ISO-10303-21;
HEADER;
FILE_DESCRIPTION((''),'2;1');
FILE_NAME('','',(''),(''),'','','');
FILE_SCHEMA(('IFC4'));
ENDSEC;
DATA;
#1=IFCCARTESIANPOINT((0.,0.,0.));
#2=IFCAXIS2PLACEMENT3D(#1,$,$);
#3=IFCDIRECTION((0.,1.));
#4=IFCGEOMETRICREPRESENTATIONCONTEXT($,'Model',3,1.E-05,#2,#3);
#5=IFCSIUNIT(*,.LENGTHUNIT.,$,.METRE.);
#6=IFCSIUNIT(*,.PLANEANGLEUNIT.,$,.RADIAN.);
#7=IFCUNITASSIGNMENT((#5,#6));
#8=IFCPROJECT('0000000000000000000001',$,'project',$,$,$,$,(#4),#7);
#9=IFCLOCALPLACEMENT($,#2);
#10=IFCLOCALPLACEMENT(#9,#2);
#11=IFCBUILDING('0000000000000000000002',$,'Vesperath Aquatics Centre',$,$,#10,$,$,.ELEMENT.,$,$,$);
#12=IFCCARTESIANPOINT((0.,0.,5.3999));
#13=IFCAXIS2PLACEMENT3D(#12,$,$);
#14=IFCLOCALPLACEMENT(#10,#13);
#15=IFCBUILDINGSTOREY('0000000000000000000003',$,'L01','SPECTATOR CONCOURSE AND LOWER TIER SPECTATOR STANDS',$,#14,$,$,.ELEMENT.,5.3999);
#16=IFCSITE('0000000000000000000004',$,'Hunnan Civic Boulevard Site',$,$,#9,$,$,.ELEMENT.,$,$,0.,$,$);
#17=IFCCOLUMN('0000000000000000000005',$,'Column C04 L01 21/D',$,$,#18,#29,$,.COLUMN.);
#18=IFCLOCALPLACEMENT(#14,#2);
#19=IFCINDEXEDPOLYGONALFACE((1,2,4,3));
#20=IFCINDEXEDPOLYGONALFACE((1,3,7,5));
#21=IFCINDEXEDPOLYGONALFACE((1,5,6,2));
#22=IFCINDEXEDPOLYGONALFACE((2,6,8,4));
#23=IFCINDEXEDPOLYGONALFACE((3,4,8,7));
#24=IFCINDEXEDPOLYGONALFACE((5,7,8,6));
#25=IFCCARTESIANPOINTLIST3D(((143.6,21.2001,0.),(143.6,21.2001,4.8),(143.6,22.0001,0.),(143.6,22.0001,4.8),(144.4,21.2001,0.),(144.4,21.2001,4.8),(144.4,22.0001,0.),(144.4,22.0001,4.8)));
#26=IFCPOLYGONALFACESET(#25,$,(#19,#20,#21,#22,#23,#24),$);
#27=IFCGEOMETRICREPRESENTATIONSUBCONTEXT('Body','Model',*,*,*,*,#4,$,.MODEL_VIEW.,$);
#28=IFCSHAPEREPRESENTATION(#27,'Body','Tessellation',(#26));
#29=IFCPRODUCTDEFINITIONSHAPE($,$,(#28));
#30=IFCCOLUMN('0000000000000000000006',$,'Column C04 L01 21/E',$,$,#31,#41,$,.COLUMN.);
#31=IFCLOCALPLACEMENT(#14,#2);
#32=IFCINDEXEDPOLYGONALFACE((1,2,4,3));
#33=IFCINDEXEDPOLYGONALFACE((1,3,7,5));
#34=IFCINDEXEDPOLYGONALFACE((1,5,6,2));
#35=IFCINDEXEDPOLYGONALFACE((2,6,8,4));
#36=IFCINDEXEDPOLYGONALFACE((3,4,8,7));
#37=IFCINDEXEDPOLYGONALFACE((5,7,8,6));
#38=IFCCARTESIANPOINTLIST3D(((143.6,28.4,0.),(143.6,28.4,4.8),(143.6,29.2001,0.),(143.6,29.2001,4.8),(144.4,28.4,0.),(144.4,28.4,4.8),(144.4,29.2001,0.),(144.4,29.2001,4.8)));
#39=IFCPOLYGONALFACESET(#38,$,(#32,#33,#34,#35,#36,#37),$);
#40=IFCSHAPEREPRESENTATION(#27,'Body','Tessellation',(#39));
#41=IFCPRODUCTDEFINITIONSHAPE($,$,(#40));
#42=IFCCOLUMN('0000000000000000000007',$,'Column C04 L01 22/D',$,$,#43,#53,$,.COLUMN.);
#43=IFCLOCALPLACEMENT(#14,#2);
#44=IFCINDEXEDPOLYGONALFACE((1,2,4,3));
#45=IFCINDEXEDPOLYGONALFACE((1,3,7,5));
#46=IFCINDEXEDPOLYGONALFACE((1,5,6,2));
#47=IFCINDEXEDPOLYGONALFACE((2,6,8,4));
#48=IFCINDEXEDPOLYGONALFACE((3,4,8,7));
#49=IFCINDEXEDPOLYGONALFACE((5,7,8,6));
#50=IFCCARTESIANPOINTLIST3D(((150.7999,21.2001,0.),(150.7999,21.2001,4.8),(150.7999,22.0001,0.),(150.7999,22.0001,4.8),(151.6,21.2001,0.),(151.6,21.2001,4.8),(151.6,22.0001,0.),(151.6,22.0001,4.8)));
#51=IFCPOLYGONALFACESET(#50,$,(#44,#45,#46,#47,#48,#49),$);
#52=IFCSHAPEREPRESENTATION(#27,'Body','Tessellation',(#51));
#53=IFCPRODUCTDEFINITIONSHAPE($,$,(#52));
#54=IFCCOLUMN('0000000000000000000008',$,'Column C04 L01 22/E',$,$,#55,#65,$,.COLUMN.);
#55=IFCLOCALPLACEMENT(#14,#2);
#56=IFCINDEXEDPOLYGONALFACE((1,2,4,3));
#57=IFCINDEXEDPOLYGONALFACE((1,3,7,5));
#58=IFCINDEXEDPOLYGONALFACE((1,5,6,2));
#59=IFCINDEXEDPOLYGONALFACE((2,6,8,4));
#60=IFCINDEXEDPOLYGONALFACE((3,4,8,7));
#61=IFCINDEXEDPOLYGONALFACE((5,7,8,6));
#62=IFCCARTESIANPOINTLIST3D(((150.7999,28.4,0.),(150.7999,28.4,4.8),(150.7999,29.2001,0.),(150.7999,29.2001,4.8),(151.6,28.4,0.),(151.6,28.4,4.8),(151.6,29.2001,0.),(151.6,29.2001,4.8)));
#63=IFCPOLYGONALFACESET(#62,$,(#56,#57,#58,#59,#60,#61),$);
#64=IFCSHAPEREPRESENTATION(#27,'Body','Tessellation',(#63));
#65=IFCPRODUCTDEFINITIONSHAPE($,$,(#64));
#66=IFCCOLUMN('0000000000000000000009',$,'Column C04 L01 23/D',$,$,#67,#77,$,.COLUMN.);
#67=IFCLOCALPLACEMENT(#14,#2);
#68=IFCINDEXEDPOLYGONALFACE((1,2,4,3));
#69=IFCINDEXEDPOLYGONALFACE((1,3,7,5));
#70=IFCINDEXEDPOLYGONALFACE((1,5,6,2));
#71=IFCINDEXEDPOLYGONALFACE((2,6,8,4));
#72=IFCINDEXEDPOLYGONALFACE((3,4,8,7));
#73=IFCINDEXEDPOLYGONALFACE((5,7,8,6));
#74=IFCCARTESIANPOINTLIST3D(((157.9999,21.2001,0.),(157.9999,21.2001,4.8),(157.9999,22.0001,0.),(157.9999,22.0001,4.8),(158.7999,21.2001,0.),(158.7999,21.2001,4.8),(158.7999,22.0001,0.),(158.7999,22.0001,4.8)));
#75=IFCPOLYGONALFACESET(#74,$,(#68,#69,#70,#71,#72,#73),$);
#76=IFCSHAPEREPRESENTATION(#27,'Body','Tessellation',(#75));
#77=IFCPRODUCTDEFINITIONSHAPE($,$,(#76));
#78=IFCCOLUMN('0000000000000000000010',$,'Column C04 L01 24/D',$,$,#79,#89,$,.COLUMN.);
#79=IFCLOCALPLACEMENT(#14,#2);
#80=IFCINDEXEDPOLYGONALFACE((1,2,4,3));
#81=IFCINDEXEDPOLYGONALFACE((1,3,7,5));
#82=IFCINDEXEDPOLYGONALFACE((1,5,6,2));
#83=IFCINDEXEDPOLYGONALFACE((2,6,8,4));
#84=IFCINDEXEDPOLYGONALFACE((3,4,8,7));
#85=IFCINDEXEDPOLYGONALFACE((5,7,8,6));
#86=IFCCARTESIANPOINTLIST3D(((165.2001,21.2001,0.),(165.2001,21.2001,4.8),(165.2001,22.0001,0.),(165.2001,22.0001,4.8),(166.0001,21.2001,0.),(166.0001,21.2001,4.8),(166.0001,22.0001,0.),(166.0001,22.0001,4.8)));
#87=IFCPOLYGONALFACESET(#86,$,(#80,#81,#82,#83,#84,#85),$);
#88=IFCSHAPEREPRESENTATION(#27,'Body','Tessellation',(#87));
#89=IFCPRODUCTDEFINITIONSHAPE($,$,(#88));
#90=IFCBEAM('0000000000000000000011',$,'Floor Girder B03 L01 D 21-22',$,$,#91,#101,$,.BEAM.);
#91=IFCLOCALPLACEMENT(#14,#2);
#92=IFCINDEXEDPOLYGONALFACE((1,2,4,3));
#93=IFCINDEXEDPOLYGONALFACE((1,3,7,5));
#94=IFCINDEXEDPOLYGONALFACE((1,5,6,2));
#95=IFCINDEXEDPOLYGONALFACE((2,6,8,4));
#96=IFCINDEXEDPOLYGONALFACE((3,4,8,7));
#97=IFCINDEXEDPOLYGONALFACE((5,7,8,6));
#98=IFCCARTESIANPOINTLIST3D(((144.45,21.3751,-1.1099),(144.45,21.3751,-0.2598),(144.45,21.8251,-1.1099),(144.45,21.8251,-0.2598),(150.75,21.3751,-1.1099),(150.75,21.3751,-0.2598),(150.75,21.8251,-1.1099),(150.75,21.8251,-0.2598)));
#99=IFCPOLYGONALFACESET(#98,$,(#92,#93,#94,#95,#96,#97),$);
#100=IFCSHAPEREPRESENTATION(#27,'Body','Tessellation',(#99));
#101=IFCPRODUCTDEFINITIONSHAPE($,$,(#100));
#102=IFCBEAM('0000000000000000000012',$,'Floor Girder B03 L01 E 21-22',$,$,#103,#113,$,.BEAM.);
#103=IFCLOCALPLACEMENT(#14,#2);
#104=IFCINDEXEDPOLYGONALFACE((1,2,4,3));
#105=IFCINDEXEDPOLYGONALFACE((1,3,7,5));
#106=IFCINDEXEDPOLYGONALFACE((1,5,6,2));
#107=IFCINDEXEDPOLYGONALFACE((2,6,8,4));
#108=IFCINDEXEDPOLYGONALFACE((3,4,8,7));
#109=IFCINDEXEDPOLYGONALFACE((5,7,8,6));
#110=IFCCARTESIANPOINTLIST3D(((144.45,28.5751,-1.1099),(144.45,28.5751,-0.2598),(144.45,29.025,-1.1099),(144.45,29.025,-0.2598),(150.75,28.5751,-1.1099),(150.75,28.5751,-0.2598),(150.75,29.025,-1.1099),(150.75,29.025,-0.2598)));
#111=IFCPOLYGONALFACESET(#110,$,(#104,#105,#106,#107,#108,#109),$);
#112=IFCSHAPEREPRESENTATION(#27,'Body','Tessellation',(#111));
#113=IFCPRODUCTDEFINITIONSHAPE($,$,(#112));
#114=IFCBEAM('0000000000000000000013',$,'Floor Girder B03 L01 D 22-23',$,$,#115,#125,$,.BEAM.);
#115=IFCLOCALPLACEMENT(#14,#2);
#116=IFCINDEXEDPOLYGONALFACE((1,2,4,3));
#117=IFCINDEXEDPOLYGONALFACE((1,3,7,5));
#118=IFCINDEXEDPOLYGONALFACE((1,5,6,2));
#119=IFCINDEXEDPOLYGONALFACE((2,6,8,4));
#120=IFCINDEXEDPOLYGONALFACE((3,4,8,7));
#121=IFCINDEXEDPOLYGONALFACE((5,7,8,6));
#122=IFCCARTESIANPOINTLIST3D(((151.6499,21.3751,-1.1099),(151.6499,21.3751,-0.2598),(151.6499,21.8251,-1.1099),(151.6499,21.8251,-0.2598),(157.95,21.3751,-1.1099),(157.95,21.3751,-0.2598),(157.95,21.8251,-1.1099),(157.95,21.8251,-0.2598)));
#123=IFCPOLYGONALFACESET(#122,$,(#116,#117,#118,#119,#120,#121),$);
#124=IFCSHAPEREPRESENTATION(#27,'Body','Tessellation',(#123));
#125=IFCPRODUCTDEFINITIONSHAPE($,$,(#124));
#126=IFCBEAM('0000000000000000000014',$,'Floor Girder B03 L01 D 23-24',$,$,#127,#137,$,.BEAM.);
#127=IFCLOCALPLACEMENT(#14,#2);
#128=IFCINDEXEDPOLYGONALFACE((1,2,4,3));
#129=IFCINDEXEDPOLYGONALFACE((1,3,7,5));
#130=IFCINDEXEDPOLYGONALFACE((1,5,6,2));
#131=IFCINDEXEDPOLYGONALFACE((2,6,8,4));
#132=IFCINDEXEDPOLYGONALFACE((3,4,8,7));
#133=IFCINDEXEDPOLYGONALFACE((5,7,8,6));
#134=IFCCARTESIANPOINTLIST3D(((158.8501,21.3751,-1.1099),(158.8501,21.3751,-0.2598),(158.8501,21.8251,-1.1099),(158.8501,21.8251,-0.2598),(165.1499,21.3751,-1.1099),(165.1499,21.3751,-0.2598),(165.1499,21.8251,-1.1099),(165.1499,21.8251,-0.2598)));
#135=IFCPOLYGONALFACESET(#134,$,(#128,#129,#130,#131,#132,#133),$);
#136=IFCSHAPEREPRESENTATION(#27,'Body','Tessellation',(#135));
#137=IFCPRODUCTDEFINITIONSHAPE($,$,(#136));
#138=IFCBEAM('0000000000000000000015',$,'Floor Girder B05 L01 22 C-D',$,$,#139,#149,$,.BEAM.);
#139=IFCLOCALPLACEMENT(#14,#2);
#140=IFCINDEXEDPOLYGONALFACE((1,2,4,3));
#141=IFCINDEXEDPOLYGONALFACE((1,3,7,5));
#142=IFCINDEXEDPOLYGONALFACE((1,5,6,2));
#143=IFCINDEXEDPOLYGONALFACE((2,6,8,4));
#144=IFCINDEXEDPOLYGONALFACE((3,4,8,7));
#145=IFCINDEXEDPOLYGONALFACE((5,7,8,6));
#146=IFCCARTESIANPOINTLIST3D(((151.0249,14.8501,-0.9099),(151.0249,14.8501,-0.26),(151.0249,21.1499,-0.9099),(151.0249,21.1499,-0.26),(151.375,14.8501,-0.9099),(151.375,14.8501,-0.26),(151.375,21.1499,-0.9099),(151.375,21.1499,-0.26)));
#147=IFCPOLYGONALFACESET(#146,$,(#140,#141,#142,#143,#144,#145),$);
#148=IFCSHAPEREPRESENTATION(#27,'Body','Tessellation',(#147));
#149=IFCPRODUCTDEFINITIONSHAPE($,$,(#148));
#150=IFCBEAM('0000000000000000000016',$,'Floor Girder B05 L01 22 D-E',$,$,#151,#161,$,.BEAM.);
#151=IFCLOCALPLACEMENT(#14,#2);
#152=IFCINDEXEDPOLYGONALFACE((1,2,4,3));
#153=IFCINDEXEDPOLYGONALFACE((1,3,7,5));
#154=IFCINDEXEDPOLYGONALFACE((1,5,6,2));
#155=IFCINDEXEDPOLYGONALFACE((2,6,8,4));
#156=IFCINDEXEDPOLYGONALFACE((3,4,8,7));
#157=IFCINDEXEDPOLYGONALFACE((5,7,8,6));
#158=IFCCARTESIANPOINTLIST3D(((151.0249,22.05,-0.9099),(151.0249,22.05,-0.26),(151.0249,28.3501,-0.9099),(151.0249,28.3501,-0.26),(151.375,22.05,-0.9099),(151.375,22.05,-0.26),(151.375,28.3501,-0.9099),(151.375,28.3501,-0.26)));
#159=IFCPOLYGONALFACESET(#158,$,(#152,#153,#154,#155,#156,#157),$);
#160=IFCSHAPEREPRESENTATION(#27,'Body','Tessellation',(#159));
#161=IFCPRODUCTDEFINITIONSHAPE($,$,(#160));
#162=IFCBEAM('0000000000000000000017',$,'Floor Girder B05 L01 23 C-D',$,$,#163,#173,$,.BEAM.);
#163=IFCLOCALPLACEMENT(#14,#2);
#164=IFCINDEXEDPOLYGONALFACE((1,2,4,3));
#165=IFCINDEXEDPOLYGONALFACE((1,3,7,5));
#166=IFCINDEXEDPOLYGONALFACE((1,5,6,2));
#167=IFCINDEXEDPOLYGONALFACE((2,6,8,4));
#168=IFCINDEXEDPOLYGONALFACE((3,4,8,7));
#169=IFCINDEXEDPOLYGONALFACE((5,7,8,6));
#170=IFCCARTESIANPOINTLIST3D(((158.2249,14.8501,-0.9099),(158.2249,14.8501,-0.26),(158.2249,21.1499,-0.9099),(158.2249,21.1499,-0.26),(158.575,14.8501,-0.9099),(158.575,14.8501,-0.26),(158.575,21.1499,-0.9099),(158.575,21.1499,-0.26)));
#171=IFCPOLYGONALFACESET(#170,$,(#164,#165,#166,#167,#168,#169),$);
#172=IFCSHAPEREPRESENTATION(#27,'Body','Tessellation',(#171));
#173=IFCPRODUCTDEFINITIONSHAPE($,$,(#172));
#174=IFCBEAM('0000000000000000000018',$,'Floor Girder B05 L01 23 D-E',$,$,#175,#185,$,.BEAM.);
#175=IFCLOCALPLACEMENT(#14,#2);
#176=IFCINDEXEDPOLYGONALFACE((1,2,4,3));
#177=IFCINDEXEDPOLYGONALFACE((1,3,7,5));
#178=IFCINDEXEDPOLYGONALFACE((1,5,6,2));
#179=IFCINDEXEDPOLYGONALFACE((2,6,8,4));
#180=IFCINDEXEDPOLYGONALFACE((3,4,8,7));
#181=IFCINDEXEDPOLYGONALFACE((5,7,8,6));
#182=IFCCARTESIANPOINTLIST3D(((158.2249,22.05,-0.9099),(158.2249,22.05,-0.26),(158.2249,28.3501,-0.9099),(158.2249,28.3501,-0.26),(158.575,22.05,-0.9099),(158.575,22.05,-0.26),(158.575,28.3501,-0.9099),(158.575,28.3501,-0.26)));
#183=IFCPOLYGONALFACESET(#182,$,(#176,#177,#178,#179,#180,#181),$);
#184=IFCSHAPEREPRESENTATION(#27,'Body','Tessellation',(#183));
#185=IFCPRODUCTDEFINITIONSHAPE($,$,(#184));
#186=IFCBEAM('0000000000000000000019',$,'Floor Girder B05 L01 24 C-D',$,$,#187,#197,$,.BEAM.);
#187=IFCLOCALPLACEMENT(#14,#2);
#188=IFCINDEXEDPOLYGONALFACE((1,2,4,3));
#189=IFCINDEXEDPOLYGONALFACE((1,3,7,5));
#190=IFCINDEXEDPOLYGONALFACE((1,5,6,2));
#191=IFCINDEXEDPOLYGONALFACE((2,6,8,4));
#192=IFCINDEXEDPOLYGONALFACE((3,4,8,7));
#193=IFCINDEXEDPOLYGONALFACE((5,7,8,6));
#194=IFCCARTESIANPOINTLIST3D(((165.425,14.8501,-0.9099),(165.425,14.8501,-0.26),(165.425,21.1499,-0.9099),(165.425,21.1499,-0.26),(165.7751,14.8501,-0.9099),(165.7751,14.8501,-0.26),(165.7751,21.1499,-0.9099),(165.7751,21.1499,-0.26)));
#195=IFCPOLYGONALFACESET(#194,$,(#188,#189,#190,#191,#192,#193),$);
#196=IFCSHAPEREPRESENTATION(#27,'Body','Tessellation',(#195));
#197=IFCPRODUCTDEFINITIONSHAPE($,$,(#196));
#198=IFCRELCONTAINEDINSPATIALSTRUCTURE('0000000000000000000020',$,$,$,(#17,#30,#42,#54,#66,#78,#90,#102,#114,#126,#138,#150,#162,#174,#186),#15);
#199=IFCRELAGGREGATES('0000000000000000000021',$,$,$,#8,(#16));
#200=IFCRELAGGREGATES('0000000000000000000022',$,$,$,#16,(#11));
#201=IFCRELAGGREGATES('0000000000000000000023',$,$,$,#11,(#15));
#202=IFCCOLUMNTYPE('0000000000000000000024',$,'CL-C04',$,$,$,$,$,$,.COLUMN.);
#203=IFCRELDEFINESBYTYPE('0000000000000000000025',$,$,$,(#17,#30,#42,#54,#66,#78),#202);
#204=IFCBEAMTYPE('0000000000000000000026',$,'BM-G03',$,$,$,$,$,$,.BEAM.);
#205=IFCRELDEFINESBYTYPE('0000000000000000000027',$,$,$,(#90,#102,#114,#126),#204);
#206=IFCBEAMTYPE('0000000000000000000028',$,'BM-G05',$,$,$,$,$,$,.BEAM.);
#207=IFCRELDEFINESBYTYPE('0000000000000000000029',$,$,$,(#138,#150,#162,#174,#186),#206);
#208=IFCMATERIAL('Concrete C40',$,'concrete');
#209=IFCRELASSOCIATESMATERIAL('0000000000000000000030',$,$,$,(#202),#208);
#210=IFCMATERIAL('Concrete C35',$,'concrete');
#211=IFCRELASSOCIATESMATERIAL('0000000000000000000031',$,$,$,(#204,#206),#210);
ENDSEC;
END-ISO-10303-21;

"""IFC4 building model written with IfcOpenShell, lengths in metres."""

from ifc_helpers import new_model, si_unit, direction, frame, origin, origin_2d, place, context, subcontext, project, spatial, rectangle, extrude, material, material_profile, profile_set, type_object, element, save


model = new_model("IFC4")

# Units and contexts
model_context = context("Model", 3, precision=1e-05, world=origin(), true_north=direction((0.0, 1.0)))
body_context = subcontext(model_context, "Body", "Model", "MODEL_VIEW")
ifc_project = project(units=[si_unit("LENGTHUNIT", "METRE"), si_unit("PLANEANGLEUNIT", "RADIAN")], contexts=[model_context])

# Site, building, storey
site_placement = place(None, origin())
site = spatial("IfcSite", under=ifc_project, at=site_placement, Name="Hunnan Civic Boulevard Site", CompositionType="ELEMENT", RefElevation=0.0)
building_placement = place(site_placement, origin())
building = spatial("IfcBuilding", under=site, at=building_placement, Name="Vesperath Aquatics Centre", CompositionType="ELEMENT")
storey_placement = place(building_placement, frame((0.0, 0.0, 5.3999)))
storey = spatial("IfcBuildingStorey", under=building, at=storey_placement, Name="L01", Description="SPECTATOR CONCOURSE AND LOWER TIER SPECTATOR STANDS", CompositionType="ELEMENT", Elevation=5.3999)

# Columns
ifc_material_1 = material(Name="Concrete C40", Category="concrete")
ifc_material_profile_1 = material_profile(ifc_material_1, rectangle(XDim=0.8, YDim=0.8, at=origin_2d()), Name="RC 800x800")
ifc_profile_set_1 = profile_set([ifc_material_profile_1], Name="Concrete C40")
column_type = type_object("IfcColumnType", Name="CL-C04", PredefinedType="COLUMN", material=ifc_profile_set_1)
for number, where, z_axis, x_axis, name in (
    (1, (144.0, 21.6001, 0.0), (0.0, 0.0, 1.0), (1.0, 0.0, 0.0), "Column C04 L01 21/D"),
    (2, (144.0, 28.8, 0.0), (0.0, 0.0, 1.0), (1.0, 0.0, 0.0), "Column C04 L01 21/E"),
    (3, (151.2, 21.6001, 0.0), (0.0, 0.0, 1.0), (1.0, 0.0, 0.0), "Column C04 L01 22/D"),
    (4, (151.2, 28.8, 0.0), (0.0, 0.0, 1.0), (1.0, 0.0, 0.0), "Column C04 L01 22/E"),
    (5, (158.3999, 21.6001, 0.0), (0.0, 0.0, 1.0), (1.0, 0.0, 0.0), "Column C04 L01 23/D"),
    (6, (165.6001, 21.6001, 0.0), (0.0, 0.0, 1.0), (1.0, 0.0, 0.0), "Column C04 L01 24/D"),
):
    element("IfcColumn", number, at=place(storey_placement, frame(where, z_axis=z_axis, x_axis=x_axis)), inside=storey, type_object=column_type, Name=name, PredefinedType="COLUMN", context=body_context, shape_type="SweptSolid", body=[
        extrude(rectangle(XDim=0.8, YDim=0.8, at=origin_2d()), origin(), (0.0, 0.0, 1.0), 4.8),
    ])

# Beams
ifc_material_2 = material(Name="Concrete C35", Category="concrete")
ifc_material_profile_2 = material_profile(ifc_material_2, rectangle(XDim=0.45, YDim=0.8501, at=origin_2d()), Name="RC 450x850")
ifc_profile_set_2 = profile_set([ifc_material_profile_2], Name="Concrete C35")
beam_type_1 = type_object("IfcBeamType", Name="BM-G03", PredefinedType="BEAM", material=ifc_profile_set_2)
for number, where, z_axis, x_axis, name in (
    (7, (144.45, 21.6001, -0.6848), (1.0, 0.0, 0.0), (0.0, 1.0, 0.0), "Floor Girder B03 L01 D 21-22"),
    (8, (144.45, 28.8, -0.6848), (1.0, 0.0, 0.0), (0.0, 1.0, 0.0), "Floor Girder B03 L01 E 21-22"),
    (9, (151.6499, 21.6001, -0.6848), (1.0, 0.0, 0.0), (0.0, 1.0, 0.0), "Floor Girder B03 L01 D 22-23"),
):
    element("IfcBeam", number, at=place(storey_placement, frame(where, z_axis=z_axis, x_axis=x_axis)), inside=storey, type_object=beam_type_1, Name=name, PredefinedType="BEAM", context=body_context, shape_type="SweptSolid", body=[
        extrude(rectangle(XDim=0.45, YDim=0.8501, at=origin_2d()), origin(), (0.0, 0.0, 1.0), 6.3),
    ])
beam_1_placement = place(storey_placement, frame((158.8501, 21.6001, -0.6848), z_axis=(1.0, 0.0, 0.0), x_axis=(0.0, 1.0, 0.0)))
element("IfcBeam", 10, at=beam_1_placement, inside=storey, type_object=beam_type_1, Name="Floor Girder B03 L01 D 23-24", PredefinedType="BEAM", context=body_context, shape_type="SweptSolid", body=[
    extrude(rectangle(XDim=0.45, YDim=0.8501, at=origin_2d()), origin(), (0.0, 0.0, 1.0), 6.2998),
])
ifc_material_profile_3 = material_profile(ifc_material_2, rectangle(XDim=0.3501, YDim=0.6499, at=origin_2d()), Name="RC 350x650")
ifc_profile_set_3 = profile_set([ifc_material_profile_3], Name="Concrete C35")
beam_type_2 = type_object("IfcBeamType", Name="BM-G05", PredefinedType="BEAM", material=ifc_profile_set_3)
beam_2_placement = place(storey_placement, frame((151.2, 14.8501, -0.585), z_axis=(0.0, 1.0, 0.0), x_axis=(-1.0, 0.0, 0.0)))
element("IfcBeam", 11, at=beam_2_placement, inside=storey, type_object=beam_type_2, Name="Floor Girder B05 L01 22 C-D", PredefinedType="BEAM", context=body_context, shape_type="SweptSolid", body=[
    extrude(rectangle(XDim=0.3501, YDim=0.6499, at=origin_2d()), origin(), (0.0, 0.0, 1.0), 6.2998),
])
beam_3_placement = place(storey_placement, frame((151.2, 22.05, -0.585), z_axis=(0.0, 1.0, 0.0), x_axis=(-1.0, 0.0, 0.0)))
element("IfcBeam", 12, at=beam_3_placement, inside=storey, type_object=beam_type_2, Name="Floor Girder B05 L01 22 D-E", PredefinedType="BEAM", context=body_context, shape_type="SweptSolid", body=[
    extrude(rectangle(XDim=0.3501, YDim=0.6499, at=origin_2d()), origin(), (0.0, 0.0, 1.0), 6.3),
])
beam_4_placement = place(storey_placement, frame((158.3999, 14.8501, -0.585), z_axis=(0.0, 1.0, 0.0), x_axis=(-1.0, 0.0, 0.0)))
element("IfcBeam", 13, at=beam_4_placement, inside=storey, type_object=beam_type_2, Name="Floor Girder B05 L01 23 C-D", PredefinedType="BEAM", context=body_context, shape_type="SweptSolid", body=[
    extrude(rectangle(XDim=0.3501, YDim=0.6499, at=origin_2d()), origin(), (0.0, 0.0, 1.0), 6.2998),
])
beam_5_placement = place(storey_placement, frame((158.3999, 22.05, -0.585), z_axis=(0.0, 1.0, 0.0), x_axis=(-1.0, 0.0, 0.0)))
element("IfcBeam", 14, at=beam_5_placement, inside=storey, type_object=beam_type_2, Name="Floor Girder B05 L01 23 D-E", PredefinedType="BEAM", context=body_context, shape_type="SweptSolid", body=[
    extrude(rectangle(XDim=0.3501, YDim=0.6499, at=origin_2d()), origin(), (0.0, 0.0, 1.0), 6.3),
])
beam_6_placement = place(storey_placement, frame((165.6001, 14.8501, -0.585), z_axis=(0.0, 1.0, 0.0), x_axis=(-1.0, 0.0, 0.0)))
element("IfcBeam", 15, at=beam_6_placement, inside=storey, type_object=beam_type_2, Name="Floor Girder B05 L01 24 C-D", PredefinedType="BEAM", context=body_context, shape_type="SweptSolid", body=[
    extrude(rectangle(XDim=0.3501, YDim=0.6499, at=origin_2d()), origin(), (0.0, 0.0, 1.0), 6.2998),
])

save(model, "model.ifc")
